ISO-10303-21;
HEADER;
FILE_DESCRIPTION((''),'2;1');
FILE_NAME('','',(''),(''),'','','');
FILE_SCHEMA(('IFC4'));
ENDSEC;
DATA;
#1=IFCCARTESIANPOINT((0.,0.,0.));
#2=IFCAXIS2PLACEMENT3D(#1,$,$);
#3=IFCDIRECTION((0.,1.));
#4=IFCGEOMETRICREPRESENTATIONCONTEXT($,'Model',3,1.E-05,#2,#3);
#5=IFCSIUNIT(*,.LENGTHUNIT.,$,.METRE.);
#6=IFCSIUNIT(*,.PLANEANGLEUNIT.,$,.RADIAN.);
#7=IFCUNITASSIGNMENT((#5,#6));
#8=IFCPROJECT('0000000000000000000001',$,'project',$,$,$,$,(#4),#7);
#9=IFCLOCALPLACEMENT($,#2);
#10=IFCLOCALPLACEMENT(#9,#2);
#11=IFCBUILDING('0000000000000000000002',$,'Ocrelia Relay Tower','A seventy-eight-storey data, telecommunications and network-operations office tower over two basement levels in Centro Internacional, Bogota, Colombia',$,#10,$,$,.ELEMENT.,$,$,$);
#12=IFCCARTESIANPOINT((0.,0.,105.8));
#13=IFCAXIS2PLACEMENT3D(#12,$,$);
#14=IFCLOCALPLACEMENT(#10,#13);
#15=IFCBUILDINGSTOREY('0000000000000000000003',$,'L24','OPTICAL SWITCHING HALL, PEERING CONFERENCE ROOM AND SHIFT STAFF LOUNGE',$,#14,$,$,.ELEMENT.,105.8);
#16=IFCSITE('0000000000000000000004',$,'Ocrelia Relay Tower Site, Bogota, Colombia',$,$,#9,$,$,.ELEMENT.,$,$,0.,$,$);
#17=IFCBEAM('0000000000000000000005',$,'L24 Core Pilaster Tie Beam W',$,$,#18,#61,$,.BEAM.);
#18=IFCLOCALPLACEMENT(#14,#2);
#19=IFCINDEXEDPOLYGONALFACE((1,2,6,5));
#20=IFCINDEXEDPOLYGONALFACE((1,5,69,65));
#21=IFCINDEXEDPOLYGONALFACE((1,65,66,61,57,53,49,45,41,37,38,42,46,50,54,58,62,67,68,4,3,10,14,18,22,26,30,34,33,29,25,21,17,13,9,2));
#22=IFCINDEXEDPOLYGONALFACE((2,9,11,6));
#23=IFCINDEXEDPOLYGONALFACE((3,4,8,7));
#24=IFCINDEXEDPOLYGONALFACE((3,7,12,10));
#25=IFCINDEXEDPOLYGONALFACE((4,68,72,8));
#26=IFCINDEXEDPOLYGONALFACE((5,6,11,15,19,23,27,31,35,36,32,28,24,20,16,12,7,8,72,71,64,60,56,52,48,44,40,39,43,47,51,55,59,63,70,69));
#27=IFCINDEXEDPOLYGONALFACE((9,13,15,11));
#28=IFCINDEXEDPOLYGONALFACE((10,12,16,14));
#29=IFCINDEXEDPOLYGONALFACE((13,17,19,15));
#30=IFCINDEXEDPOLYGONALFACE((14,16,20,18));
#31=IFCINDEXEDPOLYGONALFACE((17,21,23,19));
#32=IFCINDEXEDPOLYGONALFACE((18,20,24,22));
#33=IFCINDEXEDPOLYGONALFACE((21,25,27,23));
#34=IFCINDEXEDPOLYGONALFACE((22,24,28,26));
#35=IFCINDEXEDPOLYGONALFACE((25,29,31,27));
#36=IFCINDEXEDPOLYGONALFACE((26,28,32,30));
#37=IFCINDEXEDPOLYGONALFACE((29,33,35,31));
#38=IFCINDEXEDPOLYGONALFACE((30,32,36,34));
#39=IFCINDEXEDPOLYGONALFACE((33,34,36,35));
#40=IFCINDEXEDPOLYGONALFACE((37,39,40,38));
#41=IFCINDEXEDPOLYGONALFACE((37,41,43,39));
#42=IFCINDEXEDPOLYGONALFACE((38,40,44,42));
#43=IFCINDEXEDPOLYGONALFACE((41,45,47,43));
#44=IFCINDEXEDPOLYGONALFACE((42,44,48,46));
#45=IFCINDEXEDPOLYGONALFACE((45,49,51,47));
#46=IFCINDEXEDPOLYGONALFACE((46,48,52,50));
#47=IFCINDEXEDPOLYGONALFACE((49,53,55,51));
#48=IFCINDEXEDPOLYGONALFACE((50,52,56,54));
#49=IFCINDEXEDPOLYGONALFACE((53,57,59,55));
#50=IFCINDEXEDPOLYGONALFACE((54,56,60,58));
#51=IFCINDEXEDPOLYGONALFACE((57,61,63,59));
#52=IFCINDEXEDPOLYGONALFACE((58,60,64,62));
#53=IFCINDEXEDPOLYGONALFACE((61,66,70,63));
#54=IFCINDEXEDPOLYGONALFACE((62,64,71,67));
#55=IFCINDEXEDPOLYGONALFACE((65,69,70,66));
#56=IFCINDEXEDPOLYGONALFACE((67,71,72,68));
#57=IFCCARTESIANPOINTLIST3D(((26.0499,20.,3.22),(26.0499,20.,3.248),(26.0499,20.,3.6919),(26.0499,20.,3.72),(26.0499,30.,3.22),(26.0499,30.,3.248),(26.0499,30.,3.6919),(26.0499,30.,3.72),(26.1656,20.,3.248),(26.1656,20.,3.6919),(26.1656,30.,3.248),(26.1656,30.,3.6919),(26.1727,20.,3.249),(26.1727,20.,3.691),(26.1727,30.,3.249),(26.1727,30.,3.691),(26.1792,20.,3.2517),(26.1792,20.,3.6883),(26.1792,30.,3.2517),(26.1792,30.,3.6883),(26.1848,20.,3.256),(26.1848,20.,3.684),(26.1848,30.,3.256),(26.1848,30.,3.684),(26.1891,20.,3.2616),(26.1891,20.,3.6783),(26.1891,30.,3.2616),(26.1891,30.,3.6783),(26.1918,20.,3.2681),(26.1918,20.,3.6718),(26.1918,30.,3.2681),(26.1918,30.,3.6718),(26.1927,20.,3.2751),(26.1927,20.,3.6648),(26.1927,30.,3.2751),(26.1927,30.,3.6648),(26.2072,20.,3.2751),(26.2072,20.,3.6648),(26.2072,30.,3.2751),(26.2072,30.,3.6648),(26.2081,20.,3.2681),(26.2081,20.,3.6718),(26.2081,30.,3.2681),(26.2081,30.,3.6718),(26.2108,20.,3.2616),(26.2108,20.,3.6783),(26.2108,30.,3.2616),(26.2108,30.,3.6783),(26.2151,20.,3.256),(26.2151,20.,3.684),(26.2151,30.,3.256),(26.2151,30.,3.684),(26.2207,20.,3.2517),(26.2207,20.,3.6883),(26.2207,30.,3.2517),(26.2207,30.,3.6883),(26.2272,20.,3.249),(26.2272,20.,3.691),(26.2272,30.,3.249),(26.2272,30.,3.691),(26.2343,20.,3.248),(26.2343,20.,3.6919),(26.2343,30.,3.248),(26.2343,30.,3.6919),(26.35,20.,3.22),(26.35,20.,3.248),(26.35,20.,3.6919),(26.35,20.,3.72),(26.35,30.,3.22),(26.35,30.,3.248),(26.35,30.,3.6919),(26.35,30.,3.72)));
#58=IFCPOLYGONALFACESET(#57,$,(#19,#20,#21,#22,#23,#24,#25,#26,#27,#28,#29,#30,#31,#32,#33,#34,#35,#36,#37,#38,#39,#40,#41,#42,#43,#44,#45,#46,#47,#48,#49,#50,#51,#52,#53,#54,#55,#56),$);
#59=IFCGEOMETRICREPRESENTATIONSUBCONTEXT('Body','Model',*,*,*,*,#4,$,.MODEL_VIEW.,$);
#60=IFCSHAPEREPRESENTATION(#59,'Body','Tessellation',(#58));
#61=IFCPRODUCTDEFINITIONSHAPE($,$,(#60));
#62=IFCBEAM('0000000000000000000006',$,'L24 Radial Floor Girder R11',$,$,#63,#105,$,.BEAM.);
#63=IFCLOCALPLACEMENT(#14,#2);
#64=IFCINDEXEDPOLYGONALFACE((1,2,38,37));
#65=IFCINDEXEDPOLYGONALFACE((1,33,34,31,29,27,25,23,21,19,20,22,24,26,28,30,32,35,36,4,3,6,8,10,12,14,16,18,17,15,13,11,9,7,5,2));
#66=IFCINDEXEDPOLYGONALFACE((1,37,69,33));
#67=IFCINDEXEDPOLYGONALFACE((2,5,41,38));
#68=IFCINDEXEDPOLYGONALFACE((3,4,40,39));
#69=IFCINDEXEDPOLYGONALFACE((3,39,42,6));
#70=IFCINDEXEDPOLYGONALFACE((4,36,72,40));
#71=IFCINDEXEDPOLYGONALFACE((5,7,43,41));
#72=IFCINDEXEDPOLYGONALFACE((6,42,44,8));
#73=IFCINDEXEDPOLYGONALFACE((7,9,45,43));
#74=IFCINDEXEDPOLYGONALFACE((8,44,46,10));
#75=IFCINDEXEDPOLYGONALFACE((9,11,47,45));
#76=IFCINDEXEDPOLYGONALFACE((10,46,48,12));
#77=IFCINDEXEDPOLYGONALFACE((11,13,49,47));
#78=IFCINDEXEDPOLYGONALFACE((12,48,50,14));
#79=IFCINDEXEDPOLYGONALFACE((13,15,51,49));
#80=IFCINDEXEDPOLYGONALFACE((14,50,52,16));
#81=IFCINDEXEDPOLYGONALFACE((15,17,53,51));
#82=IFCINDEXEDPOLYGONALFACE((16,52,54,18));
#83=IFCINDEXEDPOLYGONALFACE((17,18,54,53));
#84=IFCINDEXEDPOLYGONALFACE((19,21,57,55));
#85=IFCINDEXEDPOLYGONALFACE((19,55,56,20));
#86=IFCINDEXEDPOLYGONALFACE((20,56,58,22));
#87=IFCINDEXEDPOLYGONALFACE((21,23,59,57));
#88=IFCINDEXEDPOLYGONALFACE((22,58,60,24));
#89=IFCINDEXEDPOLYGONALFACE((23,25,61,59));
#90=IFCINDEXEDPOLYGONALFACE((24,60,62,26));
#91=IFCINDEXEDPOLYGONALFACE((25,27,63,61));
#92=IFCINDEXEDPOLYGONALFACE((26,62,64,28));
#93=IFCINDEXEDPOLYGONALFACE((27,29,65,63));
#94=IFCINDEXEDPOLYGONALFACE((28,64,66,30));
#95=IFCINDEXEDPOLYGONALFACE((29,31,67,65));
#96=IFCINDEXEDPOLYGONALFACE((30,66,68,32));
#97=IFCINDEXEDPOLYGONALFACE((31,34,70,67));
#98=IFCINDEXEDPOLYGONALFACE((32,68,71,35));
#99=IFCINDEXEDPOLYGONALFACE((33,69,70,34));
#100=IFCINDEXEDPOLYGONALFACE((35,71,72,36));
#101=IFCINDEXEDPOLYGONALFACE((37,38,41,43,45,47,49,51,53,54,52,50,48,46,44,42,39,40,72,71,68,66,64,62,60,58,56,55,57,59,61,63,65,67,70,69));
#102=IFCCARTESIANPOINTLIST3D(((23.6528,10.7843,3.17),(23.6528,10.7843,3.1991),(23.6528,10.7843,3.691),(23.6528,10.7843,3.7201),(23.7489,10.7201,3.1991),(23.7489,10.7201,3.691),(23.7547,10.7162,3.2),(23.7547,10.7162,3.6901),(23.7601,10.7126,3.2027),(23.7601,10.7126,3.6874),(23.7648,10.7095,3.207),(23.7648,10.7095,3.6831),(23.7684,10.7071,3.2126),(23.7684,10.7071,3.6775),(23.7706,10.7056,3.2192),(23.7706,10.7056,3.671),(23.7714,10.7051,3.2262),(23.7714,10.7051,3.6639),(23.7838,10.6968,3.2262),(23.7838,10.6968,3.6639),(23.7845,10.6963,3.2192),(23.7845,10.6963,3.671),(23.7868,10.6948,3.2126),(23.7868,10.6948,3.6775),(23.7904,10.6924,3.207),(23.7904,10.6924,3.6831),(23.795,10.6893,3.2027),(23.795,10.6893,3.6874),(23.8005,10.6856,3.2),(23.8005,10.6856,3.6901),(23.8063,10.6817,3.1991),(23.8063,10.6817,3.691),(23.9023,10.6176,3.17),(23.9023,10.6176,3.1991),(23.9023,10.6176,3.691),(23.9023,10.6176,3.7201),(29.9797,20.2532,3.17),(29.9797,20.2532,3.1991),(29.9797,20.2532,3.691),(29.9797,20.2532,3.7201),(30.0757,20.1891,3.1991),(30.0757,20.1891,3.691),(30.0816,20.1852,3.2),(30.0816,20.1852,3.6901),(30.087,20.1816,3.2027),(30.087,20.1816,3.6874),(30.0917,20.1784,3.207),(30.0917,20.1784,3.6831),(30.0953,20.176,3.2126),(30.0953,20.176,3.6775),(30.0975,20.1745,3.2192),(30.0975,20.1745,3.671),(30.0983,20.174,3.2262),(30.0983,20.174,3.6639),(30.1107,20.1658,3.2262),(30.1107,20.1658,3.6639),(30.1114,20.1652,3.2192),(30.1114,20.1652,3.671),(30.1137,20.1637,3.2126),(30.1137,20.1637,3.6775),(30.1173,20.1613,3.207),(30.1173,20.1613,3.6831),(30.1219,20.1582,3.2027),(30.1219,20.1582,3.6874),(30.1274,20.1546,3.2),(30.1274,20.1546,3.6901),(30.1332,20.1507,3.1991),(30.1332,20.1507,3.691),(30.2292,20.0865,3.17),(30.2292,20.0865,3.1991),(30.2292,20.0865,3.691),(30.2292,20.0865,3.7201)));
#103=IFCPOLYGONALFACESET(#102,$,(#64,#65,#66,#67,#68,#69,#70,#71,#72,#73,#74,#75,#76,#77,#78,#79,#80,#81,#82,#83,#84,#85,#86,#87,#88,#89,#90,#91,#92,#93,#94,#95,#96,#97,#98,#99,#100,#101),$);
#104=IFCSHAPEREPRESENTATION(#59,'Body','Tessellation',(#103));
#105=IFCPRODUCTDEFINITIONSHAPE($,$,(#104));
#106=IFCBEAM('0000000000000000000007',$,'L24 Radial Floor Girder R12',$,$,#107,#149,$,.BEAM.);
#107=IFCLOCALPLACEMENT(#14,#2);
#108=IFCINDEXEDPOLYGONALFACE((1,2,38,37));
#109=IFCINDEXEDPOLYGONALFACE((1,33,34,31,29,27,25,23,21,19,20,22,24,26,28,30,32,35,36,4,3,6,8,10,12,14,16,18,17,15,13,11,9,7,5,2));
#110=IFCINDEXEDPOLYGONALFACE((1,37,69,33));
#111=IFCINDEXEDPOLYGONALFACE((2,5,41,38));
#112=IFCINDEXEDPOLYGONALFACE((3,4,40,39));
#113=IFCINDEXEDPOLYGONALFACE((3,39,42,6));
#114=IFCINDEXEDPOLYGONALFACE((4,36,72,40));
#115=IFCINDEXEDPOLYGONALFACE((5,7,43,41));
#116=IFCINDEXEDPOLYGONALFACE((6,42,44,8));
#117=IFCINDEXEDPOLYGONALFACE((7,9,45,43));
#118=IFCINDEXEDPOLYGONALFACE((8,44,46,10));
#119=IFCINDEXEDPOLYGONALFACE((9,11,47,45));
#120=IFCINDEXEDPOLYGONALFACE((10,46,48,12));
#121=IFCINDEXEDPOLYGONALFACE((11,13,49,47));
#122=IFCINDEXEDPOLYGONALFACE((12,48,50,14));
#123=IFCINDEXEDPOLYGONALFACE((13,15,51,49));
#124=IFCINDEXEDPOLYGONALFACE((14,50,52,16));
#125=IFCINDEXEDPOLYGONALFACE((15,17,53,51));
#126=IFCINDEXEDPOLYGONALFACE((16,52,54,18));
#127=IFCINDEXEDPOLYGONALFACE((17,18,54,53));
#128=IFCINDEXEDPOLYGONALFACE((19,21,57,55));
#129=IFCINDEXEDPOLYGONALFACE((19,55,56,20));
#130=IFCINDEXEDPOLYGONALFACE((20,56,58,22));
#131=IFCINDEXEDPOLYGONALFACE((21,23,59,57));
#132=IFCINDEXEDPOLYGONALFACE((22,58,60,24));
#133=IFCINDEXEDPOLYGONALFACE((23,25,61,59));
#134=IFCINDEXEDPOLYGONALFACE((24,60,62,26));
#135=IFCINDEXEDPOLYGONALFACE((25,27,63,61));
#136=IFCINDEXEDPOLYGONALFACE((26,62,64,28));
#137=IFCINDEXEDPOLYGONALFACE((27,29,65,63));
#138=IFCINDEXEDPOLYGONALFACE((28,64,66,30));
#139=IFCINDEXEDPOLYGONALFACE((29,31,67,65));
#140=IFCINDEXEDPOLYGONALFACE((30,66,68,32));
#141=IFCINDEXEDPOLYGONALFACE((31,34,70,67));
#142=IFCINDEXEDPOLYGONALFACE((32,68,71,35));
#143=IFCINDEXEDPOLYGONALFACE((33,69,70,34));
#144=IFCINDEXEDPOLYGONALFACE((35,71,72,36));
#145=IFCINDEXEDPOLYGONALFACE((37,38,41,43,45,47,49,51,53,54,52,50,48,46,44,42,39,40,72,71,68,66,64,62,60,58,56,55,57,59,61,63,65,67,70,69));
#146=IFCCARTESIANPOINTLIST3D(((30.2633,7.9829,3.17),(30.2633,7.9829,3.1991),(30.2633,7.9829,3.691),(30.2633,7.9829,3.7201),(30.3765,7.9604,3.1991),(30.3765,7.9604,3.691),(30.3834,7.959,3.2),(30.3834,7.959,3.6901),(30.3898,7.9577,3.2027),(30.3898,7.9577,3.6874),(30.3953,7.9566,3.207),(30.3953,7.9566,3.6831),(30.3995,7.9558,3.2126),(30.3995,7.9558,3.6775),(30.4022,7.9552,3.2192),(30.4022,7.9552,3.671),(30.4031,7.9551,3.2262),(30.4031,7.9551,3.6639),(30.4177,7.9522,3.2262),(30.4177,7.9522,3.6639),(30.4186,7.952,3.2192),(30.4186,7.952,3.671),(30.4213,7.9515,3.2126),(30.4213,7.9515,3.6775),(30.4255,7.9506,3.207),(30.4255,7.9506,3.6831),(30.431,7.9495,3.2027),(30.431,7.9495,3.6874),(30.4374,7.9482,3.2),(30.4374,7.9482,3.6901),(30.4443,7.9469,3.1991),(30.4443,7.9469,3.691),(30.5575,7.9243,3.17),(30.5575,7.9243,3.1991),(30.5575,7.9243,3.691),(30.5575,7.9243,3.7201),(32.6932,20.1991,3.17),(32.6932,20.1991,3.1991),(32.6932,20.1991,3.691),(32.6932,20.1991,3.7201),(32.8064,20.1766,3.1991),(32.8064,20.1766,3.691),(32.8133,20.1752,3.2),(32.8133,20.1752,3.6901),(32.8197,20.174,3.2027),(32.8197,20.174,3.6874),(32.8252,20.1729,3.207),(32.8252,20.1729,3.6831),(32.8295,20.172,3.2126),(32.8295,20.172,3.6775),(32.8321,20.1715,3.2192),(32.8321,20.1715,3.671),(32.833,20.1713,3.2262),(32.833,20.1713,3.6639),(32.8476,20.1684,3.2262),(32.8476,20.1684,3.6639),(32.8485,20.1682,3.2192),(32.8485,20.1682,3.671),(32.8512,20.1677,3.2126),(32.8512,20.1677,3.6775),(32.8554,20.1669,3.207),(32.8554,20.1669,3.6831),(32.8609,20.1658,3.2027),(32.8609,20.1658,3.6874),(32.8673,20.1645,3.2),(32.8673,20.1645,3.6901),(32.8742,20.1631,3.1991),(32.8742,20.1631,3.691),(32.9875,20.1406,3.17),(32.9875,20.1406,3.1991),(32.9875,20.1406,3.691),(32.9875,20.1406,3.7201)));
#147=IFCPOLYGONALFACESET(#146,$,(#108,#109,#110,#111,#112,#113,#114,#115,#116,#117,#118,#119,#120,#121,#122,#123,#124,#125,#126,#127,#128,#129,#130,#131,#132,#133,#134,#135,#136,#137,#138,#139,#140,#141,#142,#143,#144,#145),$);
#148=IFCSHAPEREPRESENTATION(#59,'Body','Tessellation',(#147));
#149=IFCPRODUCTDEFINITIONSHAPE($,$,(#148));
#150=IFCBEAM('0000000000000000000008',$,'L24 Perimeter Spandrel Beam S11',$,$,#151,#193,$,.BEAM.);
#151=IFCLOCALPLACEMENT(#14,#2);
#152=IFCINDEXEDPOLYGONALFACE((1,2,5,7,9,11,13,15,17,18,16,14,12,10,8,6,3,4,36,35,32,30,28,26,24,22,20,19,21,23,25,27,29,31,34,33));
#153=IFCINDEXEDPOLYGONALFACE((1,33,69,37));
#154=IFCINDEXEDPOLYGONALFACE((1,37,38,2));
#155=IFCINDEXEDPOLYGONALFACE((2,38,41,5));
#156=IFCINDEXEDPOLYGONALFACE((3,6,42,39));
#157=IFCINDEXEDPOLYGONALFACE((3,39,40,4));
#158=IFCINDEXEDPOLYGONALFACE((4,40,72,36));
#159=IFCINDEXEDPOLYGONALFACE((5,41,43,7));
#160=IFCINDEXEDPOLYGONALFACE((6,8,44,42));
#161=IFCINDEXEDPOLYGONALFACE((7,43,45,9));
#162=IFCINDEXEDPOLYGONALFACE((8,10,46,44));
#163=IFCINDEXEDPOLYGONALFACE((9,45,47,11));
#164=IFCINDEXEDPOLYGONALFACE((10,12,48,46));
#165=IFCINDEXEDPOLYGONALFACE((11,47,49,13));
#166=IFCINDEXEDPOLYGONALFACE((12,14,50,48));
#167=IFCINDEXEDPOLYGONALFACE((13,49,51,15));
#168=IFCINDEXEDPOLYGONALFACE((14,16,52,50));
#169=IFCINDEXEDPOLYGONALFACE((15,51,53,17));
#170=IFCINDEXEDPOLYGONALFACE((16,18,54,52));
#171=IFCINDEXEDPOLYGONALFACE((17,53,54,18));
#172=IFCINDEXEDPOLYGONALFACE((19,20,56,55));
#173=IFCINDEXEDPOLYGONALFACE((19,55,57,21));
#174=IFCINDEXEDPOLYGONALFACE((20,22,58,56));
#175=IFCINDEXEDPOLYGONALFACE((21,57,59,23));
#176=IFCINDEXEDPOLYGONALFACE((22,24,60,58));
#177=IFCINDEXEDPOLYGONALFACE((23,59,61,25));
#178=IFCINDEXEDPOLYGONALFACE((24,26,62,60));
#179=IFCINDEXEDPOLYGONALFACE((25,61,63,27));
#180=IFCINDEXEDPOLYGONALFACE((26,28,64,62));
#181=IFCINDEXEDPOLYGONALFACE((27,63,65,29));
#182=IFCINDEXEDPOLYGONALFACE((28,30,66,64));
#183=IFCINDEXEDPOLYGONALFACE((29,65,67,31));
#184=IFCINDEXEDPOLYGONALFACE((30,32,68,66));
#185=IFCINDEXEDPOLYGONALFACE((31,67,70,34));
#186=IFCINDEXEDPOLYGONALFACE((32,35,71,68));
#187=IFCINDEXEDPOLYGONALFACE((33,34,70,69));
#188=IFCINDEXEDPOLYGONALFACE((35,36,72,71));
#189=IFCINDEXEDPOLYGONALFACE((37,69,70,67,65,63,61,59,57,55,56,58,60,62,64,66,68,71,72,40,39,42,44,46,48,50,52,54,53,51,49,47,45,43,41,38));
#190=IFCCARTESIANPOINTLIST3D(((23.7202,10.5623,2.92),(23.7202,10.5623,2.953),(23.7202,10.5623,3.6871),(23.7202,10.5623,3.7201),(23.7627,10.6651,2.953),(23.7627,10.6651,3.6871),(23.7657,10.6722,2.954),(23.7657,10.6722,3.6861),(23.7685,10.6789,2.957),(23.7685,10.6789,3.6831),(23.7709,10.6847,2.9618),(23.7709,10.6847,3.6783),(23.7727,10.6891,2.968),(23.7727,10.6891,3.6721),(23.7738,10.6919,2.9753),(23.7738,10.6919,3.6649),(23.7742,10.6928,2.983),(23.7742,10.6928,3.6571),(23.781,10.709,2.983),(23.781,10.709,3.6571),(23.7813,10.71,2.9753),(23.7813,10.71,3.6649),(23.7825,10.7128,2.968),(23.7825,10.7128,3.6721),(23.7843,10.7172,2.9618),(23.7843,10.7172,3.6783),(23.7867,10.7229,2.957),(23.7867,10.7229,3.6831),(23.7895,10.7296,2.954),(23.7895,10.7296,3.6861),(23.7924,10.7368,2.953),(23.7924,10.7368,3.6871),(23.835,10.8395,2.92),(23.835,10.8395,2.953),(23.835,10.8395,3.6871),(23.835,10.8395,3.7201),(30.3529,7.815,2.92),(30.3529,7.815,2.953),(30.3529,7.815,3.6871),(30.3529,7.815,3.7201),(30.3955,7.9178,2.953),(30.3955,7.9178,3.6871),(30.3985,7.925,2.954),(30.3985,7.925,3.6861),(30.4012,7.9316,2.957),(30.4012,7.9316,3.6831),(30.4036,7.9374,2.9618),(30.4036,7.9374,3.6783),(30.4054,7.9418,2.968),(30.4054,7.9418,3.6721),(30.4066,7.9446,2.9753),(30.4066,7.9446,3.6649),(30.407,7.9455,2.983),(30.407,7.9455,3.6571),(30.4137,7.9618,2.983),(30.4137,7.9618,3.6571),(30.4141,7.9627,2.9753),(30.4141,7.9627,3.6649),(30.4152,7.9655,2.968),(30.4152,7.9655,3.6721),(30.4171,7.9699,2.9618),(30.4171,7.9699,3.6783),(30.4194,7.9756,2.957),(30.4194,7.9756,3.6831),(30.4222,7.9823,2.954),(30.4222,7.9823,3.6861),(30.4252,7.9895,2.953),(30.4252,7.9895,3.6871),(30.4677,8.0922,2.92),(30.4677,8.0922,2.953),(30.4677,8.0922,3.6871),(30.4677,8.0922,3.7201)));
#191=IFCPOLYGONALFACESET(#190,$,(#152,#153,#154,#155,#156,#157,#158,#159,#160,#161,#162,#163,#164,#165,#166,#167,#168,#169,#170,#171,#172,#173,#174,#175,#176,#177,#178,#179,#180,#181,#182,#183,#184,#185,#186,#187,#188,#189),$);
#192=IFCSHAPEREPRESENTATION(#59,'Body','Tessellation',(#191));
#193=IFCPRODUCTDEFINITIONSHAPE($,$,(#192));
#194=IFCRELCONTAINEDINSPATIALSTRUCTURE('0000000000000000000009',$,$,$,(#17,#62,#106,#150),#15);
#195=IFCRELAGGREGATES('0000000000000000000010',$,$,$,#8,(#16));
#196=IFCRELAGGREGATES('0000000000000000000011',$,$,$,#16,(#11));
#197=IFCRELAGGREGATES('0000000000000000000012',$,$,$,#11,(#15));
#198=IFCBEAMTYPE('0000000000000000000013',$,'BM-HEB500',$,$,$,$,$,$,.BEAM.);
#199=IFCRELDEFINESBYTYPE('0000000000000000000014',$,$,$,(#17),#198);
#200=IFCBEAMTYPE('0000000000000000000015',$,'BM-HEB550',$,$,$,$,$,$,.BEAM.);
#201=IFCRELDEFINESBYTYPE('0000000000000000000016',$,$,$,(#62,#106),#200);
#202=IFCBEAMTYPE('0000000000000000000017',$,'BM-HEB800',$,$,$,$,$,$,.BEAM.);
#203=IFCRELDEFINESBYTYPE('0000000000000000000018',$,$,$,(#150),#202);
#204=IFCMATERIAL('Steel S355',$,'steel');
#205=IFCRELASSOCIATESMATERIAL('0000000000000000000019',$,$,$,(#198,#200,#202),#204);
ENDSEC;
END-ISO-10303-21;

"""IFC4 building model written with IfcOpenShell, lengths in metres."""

from ifc_helpers import new_model, si_unit, direction, frame, origin, origin_2d, place, context, subcontext, project, spatial, i_section, extrude, material, material_profile, profile_set, type_object, element, save


model = new_model("IFC4")

# Units and contexts
model_context = context("Model", 3, precision=1e-05, world=origin(), true_north=direction((0.0, 1.0)))
body_context = subcontext(model_context, "Body", "Model", "MODEL_VIEW")
ifc_project = project(units=[si_unit("LENGTHUNIT", "METRE"), si_unit("PLANEANGLEUNIT", "RADIAN")], contexts=[model_context])

# Site, building, storey
site_placement = place(None, origin())
site = spatial("IfcSite", under=ifc_project, at=site_placement, Name="Ocrelia Relay Tower Site, Bogota, Colombia", CompositionType="ELEMENT", RefElevation=0.0)
building_placement = place(site_placement, origin())
building = spatial("IfcBuilding", under=site, at=building_placement, Name="Ocrelia Relay Tower", Description="A seventy-eight-storey data, telecommunications and network-operations office tower over two basement levels in Centro Internacional, Bogota, Colombia", CompositionType="ELEMENT")
storey_placement = place(building_placement, frame((0.0, 0.0, 105.8)))
storey = spatial("IfcBuildingStorey", under=building, at=storey_placement, Name="L24", Description="OPTICAL SWITCHING HALL, PEERING CONFERENCE ROOM AND SHIFT STAFF LOUNGE", CompositionType="ELEMENT", Elevation=105.8)

# Beams
ifc_material_1 = material(Name="Steel S355", Category="steel")
ifc_material_profile_1 = material_profile(ifc_material_1, i_section(OverallWidth=0.3, OverallDepth=0.5, WebThickness=0.0144, FlangeThickness=0.0281, FilletRadius=0.0271, at=origin_2d()), Name="HEB 500")
ifc_profile_set_1 = profile_set([ifc_material_profile_1], Name="Steel S355")
beam_type_1 = type_object("IfcBeamType", Name="BM-HEB500", PredefinedType="BEAM", material=ifc_profile_set_1)
beam_1_placement = place(storey_placement, frame((26.2, 20.0, 3.47), z_axis=(0.0, 1.0, 0.0), x_axis=(-1.0, 0.0, 0.0)))
element("IfcBeam", 1, at=beam_1_placement, inside=storey, type_object=beam_type_1, Name="L24 Core Pilaster Tie Beam W", PredefinedType="BEAM", context=body_context, shape_type="SweptSolid", body=[
    extrude(i_section(OverallWidth=0.3, OverallDepth=0.5, WebThickness=0.0144, FlangeThickness=0.0281, FilletRadius=0.0271, at=origin_2d()), origin(), (0.0, 0.0, 1.0), 10.0),
])
ifc_material_profile_2 = material_profile(ifc_material_1, i_section(OverallWidth=0.3, OverallDepth=0.55, WebThickness=0.0149, FlangeThickness=0.0291, FilletRadius=0.0271, at=origin_2d()), Name="HEB 550")
ifc_profile_set_2 = profile_set([ifc_material_profile_2], Name="Steel S355")
beam_type_2 = type_object("IfcBeamType", Name="BM-HEB550", PredefinedType="BEAM", material=ifc_profile_set_2)
beam_2_placement = place(storey_placement, frame((23.7776, 10.7009, 3.4451), z_axis=(0.555566, 0.831473, 0.0), x_axis=(-0.831473, 0.555566, 0.0)))
element("IfcBeam", 2, at=beam_2_placement, inside=storey, type_object=beam_type_2, Name="L24 Radial Floor Girder R11", PredefinedType="BEAM", context=body_context, shape_type="SweptSolid", body=[
    extrude(i_section(OverallWidth=0.3, OverallDepth=0.55, WebThickness=0.0149, FlangeThickness=0.0291, FilletRadius=0.0271, at=origin_2d()), origin(), (0.0, 0.0, 1.0), 11.3882),
])
beam_3_placement = place(storey_placement, frame((30.4104, 7.9536, 3.4451), z_axis=(0.195087, 0.980786, 0.0), x_axis=(-0.980786, 0.195087, 0.0)))
element("IfcBeam", 3, at=beam_3_placement, inside=storey, type_object=beam_type_2, Name="L24 Radial Floor Girder R12", PredefinedType="BEAM", context=body_context, shape_type="SweptSolid", body=[
    extrude(i_section(OverallWidth=0.3, OverallDepth=0.55, WebThickness=0.0149, FlangeThickness=0.0291, FilletRadius=0.0271, at=origin_2d()), origin(), (0.0, 0.0, 1.0), 12.4556),
])
ifc_material_profile_3 = material_profile(ifc_material_1, i_section(OverallWidth=0.3, OverallDepth=0.8, WebThickness=0.0176, FlangeThickness=0.033, FilletRadius=0.03, at=origin_2d()), Name="HEB 800")
ifc_profile_set_3 = profile_set([ifc_material_profile_3], Name="Steel S355")
beam_type_3 = type_object("IfcBeamType", Name="BM-HEB800", PredefinedType="BEAM", material=ifc_profile_set_3)
for number, where, z_axis, x_axis, name in (
    (4, (23.7776, 10.7009, 3.3201), (0.923884, -0.382673, 0.0), (0.382673, 0.923884, 0.0), "L24 Perimeter Spandrel Beam S11"),
):
    element("IfcBeam", number, at=place(storey_placement, frame(where, z_axis=z_axis, x_axis=x_axis)), inside=storey, type_object=beam_type_3, Name=name, PredefinedType="BEAM", context=body_context, shape_type="SweptSolid", body=[
        extrude(i_section(OverallWidth=0.3, OverallDepth=0.8, WebThickness=0.0176, FlangeThickness=0.033, FilletRadius=0.03, at=origin_2d()), origin(), (0.0, 0.0, 1.0), 7.1792),
    ])

save(model, "model.ifc")
